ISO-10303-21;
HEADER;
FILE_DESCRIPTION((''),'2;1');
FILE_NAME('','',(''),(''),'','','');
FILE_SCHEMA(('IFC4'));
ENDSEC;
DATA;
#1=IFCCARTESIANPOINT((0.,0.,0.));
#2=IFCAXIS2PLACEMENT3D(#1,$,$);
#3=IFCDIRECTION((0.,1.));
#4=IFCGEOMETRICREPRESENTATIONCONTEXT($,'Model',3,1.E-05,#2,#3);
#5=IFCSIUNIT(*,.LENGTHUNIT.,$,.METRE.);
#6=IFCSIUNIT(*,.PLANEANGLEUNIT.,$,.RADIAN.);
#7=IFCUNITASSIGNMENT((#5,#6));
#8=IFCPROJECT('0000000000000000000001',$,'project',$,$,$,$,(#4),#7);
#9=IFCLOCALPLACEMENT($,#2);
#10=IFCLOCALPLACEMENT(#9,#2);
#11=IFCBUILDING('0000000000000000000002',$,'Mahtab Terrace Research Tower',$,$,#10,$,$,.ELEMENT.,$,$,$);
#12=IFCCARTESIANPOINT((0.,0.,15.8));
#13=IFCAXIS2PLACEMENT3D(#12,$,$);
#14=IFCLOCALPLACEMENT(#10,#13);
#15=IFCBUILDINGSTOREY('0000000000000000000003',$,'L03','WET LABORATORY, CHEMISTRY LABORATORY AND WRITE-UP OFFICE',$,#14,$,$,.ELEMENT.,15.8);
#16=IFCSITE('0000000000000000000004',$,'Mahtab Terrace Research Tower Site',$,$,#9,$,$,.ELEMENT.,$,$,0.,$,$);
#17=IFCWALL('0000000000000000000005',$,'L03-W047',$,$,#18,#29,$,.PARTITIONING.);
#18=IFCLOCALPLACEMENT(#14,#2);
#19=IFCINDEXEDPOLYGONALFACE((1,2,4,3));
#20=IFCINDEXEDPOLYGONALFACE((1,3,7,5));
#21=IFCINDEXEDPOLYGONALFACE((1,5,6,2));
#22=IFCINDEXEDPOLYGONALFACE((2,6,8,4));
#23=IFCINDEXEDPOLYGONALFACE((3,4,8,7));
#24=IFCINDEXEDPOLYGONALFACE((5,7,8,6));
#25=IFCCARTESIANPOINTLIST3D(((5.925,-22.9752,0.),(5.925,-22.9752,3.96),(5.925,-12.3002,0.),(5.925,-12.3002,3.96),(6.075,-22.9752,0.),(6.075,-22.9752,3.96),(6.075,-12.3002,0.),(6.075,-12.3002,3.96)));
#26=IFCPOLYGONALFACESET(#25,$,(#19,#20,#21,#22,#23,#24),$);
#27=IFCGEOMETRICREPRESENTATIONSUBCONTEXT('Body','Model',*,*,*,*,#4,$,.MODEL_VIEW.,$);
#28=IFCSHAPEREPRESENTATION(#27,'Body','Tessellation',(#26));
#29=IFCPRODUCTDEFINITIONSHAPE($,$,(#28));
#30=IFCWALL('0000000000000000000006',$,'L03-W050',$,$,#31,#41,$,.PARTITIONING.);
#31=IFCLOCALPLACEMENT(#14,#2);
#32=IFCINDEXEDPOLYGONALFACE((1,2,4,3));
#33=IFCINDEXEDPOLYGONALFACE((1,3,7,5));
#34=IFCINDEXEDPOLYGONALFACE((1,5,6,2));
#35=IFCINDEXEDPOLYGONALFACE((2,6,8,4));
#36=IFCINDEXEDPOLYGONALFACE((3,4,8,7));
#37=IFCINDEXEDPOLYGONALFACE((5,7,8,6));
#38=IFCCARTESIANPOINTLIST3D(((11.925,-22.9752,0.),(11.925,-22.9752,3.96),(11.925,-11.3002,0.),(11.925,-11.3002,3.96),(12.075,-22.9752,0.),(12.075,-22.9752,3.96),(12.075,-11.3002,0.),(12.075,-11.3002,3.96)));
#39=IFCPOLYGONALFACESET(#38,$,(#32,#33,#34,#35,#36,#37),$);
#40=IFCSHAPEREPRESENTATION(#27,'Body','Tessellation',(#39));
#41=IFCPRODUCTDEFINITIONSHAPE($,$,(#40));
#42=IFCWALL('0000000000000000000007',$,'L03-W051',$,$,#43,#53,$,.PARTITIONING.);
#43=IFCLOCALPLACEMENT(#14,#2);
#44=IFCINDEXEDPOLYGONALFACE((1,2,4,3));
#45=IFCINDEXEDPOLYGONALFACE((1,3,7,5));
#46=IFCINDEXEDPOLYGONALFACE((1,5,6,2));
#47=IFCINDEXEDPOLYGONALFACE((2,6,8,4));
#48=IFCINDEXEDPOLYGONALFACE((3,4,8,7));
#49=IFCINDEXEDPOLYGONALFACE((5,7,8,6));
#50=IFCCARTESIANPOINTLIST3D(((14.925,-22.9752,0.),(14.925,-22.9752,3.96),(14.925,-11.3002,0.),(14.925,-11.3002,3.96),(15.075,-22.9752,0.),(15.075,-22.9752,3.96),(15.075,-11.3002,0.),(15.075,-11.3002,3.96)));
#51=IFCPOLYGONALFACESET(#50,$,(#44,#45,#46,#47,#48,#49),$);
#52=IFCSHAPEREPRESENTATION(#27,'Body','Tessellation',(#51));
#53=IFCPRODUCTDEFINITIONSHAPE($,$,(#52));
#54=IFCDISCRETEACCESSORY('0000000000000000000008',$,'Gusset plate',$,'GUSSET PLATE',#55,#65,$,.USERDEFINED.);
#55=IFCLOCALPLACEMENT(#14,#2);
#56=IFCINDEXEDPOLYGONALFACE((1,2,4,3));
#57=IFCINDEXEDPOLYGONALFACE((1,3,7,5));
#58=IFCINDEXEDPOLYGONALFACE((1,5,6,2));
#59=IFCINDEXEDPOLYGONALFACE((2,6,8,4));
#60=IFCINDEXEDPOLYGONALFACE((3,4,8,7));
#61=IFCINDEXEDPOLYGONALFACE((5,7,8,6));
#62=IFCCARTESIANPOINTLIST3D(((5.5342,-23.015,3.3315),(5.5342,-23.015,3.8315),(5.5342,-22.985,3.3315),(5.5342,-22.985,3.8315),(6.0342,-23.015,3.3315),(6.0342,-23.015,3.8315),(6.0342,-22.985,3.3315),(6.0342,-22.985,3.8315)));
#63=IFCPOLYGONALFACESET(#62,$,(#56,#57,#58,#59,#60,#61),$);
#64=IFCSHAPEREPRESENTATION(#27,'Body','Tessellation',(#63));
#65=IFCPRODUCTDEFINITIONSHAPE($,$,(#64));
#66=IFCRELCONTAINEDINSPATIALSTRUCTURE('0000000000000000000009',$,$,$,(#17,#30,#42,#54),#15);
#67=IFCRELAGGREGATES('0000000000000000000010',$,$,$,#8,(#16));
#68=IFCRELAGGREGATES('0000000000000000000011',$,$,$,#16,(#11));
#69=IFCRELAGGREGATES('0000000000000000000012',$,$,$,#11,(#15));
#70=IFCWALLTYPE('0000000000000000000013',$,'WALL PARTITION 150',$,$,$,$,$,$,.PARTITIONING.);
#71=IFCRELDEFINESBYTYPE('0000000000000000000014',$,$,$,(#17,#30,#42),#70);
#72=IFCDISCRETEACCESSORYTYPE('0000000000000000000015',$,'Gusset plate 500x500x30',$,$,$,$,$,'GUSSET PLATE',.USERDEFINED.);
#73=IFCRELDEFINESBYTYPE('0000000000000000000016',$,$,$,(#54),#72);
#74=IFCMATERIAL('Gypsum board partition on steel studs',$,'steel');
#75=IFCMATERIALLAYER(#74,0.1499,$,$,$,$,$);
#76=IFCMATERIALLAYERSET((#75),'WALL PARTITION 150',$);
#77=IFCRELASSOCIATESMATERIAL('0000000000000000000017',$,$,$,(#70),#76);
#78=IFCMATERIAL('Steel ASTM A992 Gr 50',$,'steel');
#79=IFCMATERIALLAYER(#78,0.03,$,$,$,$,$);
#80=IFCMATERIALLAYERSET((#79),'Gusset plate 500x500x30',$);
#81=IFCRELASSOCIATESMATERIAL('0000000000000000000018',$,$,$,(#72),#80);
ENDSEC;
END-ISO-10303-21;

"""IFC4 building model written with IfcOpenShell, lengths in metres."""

from ifc_helpers import new_model, si_unit, direction, frame, frame_2d, origin, origin_2d, place, context, subcontext, project, spatial, rectangle, extrude, material, layer, layer_set, type_object, element, save


model = new_model("IFC4")

# Units and contexts
model_context = context("Model", 3, precision=1e-05, world=origin(), true_north=direction((0.0, 1.0)))
body_context = subcontext(model_context, "Body", "Model", "MODEL_VIEW")
ifc_project = project(units=[si_unit("LENGTHUNIT", "METRE"), si_unit("PLANEANGLEUNIT", "RADIAN")], contexts=[model_context])

# Site, building, storey
site_placement = place(None, origin())
site = spatial("IfcSite", under=ifc_project, at=site_placement, Name="Mahtab Terrace Research Tower Site", CompositionType="ELEMENT", RefElevation=0.0)
building_placement = place(site_placement, origin())
building = spatial("IfcBuilding", under=site, at=building_placement, Name="Mahtab Terrace Research Tower", CompositionType="ELEMENT")
storey_placement = place(building_placement, frame((0.0, 0.0, 15.8)))
storey = spatial("IfcBuildingStorey", under=building, at=storey_placement, Name="L03", Description="WET LABORATORY, CHEMISTRY LABORATORY AND WRITE-UP OFFICE", CompositionType="ELEMENT", Elevation=15.8)

# Shared definitions
ifc_material_1 = material(Name="Steel ASTM A992 Gr 50", Category="steel")

# Walls
ifc_material_2 = material(Name="Gypsum board partition on steel studs", Category="steel")
ifc_layer_1 = layer(ifc_material_2, 0.1499)
ifc_layer_set_1 = layer_set([ifc_layer_1], Name="WALL PARTITION 150")
wall_type = type_object("IfcWallType", Name="WALL PARTITION 150", PredefinedType="PARTITIONING", material=ifc_layer_set_1)
wall_1_placement = place(storey_placement, frame((6.0, -22.9751, 0.0), z_axis=(0.0, 0.0, 1.0), x_axis=(0.0, 1.0, 0.0)))
element("IfcWall", 1, at=wall_1_placement, inside=storey, type_object=wall_type, Name="L03-W047", PredefinedType="PARTITIONING", context=body_context, shape_type="SweptSolid", body=[
    extrude(rectangle(XDim=10.675, YDim=0.1499, at=frame_2d((5.3374, 0.0))), origin(), (0.0, 0.0, 1.0), 3.96),
])
for number, where, z_axis, x_axis, name in (
    (2, (12.0, -22.9751, 0.0), (0.0, 0.0, 1.0), (0.0, 1.0, 0.0), "L03-W050"),
    (3, (15.0, -22.9751, 0.0), (0.0, 0.0, 1.0), (0.0, 1.0, 0.0), "L03-W051"),
):
    element("IfcWall", number, at=place(storey_placement, frame(where, z_axis=z_axis, x_axis=x_axis)), inside=storey, type_object=wall_type, Name=name, PredefinedType="PARTITIONING", context=body_context, shape_type="SweptSolid", body=[
        extrude(rectangle(XDim=11.675, YDim=0.1499, at=frame_2d((5.8374, 0.0))), origin(), (0.0, 0.0, 1.0), 3.96),
    ])

# Discrete accessory
ifc_layer_2 = layer(ifc_material_1, 0.03)
ifc_layer_set_2 = layer_set([ifc_layer_2], Name="Gusset plate 500x500x30")
discrete_accessory_type = type_object("IfcDiscreteAccessoryType", Name="Gusset plate 500x500x30", ElementType="GUSSET PLATE", PredefinedType="USERDEFINED", material=ifc_layer_set_2)
discrete_accessory_placement = place(storey_placement, frame((5.7842, -23.0, 3.3315), z_axis=(0.0, 0.0, 1.0), x_axis=(1.0, 0.0, 0.0)))
element("IfcDiscreteAccessory", 4, at=discrete_accessory_placement, inside=storey, type_object=discrete_accessory_type, Name="Gusset plate", ObjectType="GUSSET PLATE", PredefinedType="USERDEFINED", context=body_context, shape_type="SweptSolid", body=[
    extrude(rectangle(XDim=0.5, YDim=0.03, at=origin_2d()), origin(), (0.0, 0.0, 1.0), 0.5),
])

save(model, "model.ifc")
